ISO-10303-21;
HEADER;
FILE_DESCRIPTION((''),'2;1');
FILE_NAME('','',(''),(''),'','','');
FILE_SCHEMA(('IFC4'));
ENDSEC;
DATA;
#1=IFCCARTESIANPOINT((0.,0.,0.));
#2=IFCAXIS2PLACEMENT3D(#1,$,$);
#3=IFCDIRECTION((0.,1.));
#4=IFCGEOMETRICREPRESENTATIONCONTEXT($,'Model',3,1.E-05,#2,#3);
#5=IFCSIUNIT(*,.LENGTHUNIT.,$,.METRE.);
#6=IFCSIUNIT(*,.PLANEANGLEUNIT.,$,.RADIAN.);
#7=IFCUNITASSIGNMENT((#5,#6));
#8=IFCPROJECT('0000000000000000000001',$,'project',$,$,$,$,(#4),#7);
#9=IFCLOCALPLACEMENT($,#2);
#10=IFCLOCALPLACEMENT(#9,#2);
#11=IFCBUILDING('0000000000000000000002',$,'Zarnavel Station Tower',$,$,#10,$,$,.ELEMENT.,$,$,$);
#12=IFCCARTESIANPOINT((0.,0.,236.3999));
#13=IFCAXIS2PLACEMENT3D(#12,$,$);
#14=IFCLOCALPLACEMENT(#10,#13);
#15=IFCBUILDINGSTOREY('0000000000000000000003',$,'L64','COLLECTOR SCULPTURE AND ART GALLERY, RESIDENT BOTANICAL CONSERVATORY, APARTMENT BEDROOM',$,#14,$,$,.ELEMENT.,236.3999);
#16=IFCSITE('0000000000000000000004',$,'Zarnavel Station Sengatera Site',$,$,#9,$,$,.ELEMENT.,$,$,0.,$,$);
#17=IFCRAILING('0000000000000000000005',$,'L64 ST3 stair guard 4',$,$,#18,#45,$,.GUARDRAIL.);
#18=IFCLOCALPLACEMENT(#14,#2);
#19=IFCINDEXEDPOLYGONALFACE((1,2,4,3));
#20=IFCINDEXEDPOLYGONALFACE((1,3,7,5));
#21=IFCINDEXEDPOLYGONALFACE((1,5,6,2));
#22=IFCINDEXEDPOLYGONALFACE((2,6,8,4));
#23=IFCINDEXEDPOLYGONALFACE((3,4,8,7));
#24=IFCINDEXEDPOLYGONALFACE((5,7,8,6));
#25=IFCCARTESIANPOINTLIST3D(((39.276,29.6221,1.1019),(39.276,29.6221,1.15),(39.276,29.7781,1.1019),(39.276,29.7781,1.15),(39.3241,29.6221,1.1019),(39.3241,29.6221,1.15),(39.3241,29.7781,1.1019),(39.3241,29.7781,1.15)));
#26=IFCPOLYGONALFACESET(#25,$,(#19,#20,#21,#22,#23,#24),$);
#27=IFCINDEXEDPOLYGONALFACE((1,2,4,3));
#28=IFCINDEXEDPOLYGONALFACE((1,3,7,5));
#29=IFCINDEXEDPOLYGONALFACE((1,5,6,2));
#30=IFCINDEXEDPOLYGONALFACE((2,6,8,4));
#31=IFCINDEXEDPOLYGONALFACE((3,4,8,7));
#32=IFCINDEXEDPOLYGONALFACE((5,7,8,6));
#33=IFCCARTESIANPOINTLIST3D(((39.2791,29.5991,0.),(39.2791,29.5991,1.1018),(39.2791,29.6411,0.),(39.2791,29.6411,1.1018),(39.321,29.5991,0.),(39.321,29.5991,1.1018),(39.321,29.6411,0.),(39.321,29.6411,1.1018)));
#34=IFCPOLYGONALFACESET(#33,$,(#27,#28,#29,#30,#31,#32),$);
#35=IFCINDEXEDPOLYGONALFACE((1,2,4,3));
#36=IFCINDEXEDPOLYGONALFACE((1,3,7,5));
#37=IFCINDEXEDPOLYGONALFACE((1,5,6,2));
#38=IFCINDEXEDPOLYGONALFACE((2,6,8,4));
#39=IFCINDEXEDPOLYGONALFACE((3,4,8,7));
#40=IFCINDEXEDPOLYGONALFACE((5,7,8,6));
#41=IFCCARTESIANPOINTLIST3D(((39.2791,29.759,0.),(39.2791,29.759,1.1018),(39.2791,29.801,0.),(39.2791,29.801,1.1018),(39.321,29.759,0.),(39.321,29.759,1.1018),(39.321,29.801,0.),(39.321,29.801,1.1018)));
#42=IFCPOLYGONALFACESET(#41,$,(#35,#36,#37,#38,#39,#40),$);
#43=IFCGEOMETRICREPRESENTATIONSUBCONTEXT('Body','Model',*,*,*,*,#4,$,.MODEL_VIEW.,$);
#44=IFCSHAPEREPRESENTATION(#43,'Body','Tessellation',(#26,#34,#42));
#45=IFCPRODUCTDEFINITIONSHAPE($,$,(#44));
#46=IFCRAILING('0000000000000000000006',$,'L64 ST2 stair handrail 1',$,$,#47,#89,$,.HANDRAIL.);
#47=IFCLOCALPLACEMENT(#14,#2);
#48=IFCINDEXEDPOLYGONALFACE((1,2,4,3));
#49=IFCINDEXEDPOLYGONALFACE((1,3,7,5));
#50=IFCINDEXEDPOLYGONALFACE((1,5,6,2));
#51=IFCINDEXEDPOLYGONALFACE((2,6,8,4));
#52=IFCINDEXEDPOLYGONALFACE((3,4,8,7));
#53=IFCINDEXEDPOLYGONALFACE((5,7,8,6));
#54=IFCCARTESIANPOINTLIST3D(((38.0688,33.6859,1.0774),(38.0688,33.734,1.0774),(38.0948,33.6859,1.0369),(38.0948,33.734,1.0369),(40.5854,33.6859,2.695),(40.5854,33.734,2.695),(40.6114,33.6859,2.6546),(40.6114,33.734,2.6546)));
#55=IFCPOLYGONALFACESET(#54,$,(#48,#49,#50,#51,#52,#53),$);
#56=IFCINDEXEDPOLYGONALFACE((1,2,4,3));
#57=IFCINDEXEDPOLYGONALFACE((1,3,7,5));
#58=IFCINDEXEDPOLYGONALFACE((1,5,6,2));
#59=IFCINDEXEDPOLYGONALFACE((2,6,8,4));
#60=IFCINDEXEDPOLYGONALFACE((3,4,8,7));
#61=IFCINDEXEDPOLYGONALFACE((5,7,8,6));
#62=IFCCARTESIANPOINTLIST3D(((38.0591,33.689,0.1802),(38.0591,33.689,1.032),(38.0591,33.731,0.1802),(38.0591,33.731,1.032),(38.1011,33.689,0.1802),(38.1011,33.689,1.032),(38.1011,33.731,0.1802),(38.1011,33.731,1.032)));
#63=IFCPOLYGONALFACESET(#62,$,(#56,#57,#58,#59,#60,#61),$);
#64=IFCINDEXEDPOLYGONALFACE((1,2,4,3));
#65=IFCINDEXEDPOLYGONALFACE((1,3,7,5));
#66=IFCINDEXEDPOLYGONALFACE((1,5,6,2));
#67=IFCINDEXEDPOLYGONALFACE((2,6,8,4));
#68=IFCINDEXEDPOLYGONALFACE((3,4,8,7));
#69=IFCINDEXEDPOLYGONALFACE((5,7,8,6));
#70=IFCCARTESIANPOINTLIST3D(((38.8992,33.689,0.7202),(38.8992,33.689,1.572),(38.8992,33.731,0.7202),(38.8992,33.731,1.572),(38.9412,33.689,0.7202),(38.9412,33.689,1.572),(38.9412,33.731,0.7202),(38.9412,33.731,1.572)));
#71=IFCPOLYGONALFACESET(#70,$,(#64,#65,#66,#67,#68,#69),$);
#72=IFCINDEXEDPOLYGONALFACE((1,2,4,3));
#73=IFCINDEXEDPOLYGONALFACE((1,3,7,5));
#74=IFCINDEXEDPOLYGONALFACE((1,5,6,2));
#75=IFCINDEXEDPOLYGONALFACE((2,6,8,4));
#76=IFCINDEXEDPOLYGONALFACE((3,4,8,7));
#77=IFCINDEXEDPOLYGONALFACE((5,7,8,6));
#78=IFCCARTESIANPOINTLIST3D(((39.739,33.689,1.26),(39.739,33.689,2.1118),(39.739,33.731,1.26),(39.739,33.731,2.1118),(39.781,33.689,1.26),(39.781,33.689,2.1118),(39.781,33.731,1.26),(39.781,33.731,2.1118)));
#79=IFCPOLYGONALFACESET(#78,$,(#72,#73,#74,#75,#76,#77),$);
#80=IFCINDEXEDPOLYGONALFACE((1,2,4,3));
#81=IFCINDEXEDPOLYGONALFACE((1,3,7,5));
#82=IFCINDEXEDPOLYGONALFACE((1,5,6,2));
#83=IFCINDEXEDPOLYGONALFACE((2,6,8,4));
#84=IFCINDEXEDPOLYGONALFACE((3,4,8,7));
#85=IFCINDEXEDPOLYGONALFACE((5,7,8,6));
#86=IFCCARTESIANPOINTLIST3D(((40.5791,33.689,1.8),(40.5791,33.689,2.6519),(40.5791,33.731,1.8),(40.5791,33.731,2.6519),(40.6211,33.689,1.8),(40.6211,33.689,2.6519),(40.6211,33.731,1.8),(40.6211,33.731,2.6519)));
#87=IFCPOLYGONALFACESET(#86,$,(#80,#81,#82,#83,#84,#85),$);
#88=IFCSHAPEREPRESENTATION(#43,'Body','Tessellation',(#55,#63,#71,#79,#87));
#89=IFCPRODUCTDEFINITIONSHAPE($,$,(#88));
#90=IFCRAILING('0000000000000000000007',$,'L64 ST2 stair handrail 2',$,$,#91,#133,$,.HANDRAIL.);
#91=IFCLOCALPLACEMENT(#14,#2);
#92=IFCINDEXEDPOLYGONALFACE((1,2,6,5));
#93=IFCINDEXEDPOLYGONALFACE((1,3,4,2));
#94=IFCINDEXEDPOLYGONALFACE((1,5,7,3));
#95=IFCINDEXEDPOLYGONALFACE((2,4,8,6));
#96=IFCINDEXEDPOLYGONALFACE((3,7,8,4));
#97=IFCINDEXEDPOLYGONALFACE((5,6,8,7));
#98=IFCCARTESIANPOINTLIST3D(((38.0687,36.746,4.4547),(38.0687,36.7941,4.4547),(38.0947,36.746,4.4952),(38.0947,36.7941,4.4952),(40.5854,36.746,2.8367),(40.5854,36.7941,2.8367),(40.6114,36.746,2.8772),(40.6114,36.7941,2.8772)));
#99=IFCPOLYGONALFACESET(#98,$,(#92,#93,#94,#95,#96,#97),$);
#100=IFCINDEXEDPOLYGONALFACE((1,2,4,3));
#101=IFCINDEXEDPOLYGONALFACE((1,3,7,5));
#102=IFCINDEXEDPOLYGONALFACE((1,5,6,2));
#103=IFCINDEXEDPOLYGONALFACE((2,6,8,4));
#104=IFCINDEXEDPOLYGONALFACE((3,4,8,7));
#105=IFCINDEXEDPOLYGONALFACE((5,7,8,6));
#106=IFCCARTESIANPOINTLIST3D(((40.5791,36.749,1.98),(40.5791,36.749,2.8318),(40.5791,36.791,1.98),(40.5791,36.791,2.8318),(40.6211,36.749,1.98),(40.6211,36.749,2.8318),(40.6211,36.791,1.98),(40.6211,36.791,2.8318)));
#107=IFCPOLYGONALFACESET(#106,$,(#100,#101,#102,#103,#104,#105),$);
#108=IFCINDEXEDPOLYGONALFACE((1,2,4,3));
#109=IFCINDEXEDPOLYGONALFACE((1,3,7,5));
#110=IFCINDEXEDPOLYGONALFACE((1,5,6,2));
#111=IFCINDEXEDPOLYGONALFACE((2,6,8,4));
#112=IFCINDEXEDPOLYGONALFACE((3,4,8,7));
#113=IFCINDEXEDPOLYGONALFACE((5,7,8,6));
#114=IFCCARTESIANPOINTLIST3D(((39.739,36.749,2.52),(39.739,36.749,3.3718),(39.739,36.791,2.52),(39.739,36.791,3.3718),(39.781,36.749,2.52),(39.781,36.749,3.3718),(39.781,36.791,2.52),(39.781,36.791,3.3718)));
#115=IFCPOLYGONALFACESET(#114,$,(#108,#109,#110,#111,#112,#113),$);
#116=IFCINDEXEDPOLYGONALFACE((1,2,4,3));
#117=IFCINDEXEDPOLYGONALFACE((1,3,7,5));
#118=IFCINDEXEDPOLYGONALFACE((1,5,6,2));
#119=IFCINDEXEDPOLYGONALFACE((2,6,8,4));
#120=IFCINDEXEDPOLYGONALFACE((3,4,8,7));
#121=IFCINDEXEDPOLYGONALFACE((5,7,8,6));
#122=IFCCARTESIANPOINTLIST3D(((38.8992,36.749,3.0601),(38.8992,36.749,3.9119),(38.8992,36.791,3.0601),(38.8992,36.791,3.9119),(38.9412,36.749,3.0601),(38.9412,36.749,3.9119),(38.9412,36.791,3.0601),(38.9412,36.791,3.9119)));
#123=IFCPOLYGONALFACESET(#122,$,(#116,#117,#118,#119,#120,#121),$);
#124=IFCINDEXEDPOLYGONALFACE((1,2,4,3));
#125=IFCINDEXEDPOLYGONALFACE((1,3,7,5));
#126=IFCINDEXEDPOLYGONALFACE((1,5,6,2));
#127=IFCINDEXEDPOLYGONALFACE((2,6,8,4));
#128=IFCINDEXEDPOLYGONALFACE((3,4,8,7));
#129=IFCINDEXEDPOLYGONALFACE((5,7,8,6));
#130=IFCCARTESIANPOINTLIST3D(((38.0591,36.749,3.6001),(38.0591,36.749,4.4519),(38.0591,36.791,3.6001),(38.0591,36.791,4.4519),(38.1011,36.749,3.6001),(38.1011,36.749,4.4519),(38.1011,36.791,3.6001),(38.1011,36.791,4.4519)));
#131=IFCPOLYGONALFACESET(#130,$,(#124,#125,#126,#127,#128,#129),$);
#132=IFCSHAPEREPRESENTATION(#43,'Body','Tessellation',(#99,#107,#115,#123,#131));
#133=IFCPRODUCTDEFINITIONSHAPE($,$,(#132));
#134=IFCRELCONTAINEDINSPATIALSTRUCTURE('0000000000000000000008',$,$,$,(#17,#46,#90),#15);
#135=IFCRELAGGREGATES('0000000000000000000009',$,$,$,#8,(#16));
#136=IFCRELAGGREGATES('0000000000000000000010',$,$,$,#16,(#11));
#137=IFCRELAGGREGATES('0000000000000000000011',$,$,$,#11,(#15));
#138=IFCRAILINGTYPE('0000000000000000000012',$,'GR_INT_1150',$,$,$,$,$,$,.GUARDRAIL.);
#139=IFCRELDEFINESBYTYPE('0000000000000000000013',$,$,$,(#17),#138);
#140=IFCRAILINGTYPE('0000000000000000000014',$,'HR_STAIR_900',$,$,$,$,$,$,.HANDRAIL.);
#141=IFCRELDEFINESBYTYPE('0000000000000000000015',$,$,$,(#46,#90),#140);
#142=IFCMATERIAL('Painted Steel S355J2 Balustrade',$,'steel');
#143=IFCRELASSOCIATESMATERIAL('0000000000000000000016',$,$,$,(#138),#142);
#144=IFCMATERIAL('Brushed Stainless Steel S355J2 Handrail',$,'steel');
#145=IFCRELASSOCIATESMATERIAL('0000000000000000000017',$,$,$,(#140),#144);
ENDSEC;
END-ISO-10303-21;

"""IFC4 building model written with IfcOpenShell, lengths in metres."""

from ifc_helpers import new_model, si_unit, direction, frame, origin, origin_2d, place, context, subcontext, project, spatial, rectangle, extrude, material, type_object, element, save


model = new_model("IFC4")

# Units and contexts
model_context = context("Model", 3, precision=1e-05, world=origin(), true_north=direction((0.0, 1.0)))
body_context = subcontext(model_context, "Body", "Model", "MODEL_VIEW")
ifc_project = project(units=[si_unit("LENGTHUNIT", "METRE"), si_unit("PLANEANGLEUNIT", "RADIAN")], contexts=[model_context])

# Site, building, storey
site_placement = place(None, origin())
site = spatial("IfcSite", under=ifc_project, at=site_placement, Name="Zarnavel Station Sengatera Site", CompositionType="ELEMENT", RefElevation=0.0)
building_placement = place(site_placement, origin())
building = spatial("IfcBuilding", under=site, at=building_placement, Name="Zarnavel Station Tower", CompositionType="ELEMENT")
storey_placement = place(building_placement, frame((0.0, 0.0, 236.3999)))
storey = spatial("IfcBuildingStorey", under=building, at=storey_placement, Name="L64", Description="COLLECTOR SCULPTURE AND ART GALLERY, RESIDENT BOTANICAL CONSERVATORY, APARTMENT BEDROOM", CompositionType="ELEMENT", Elevation=236.3999)

# Railings
ifc_material_1 = material(Name="Painted Steel S355J2 Balustrade", Category="steel")
railing_type_1 = type_object("IfcRailingType", Name="GR_INT_1150", PredefinedType="GUARDRAIL", material=ifc_material_1)
railing_1_placement = place(storey_placement, frame((39.3, 29.6201, 0.0)))
element("IfcRailing", 1, at=railing_1_placement, inside=storey, type_object=railing_type_1, Name="L64 ST3 stair guard 4", PredefinedType="GUARDRAIL", context=body_context, shape_type="SweptSolid", body=[
    extrude(rectangle(XDim=0.0481, YDim=0.0481, at=origin_2d()), frame((0.0, 0.002, 1.126), z_axis=(0.0, 1.0, 0.0), x_axis=(-1.0, 0.0, 0.0)), (0.0, 0.0, 1.0), 0.156),
    extrude(rectangle(XDim=0.042, YDim=0.042, at=origin_2d()), origin(), (0.0, 0.0, 1.0), 1.1018),
    extrude(rectangle(XDim=0.042, YDim=0.042, at=origin_2d()), frame((0.0, 0.1599, 0.0)), (0.0, 0.0, 1.0), 1.1018),
])
ifc_material_2 = material(Name="Brushed Stainless Steel S355J2 Handrail", Category="steel")
railing_type_2 = type_object("IfcRailingType", Name="HR_STAIR_900", PredefinedType="HANDRAIL", material=ifc_material_2)
railing_2_placement = place(storey_placement, frame((38.0801, 33.71, 0.1802)))
element("IfcRailing", 2, at=railing_2_placement, inside=storey, type_object=railing_type_2, Name="L64 ST2 stair handrail 1", PredefinedType="HANDRAIL", context=body_context, shape_type="SweptSolid", body=[
    extrude(rectangle(XDim=0.0481, YDim=0.0481, at=origin_2d()), frame((0.0017, 0.0, 0.877), z_axis=(0.8412, 0.0, 0.540725), x_axis=(0.0, 1.0, 0.0)), (0.0, 0.0, 1.0), 2.9917),
    extrude(rectangle(XDim=0.042, YDim=0.042, at=origin_2d()), origin(), (0.0, 0.0, 1.0), 0.8518),
    extrude(rectangle(XDim=0.042, YDim=0.042, at=origin_2d()), frame((0.8401, 0.0, 0.54)), (0.0, 0.0, 1.0), 0.8518),
    extrude(rectangle(XDim=0.042, YDim=0.042, at=origin_2d()), frame((1.6799, 0.0, 1.0798)), (0.0, 0.0, 1.0), 0.8518),
    extrude(rectangle(XDim=0.042, YDim=0.042, at=origin_2d()), frame((2.52, 0.0, 1.6199)), (0.0, 0.0, 1.0), 0.8518),
])
railing_3_placement = place(storey_placement, frame((40.6001, 36.77, 1.98)))
element("IfcRailing", 3, at=railing_3_placement, inside=storey, type_object=railing_type_2, Name="L64 ST2 stair handrail 2", PredefinedType="HANDRAIL", context=body_context, shape_type="SweptSolid", body=[
    extrude(rectangle(XDim=0.0481, YDim=0.0481, at=origin_2d()), frame((-0.0017, 0.0, 0.877), z_axis=(-0.841163, 0.0, 0.540782), x_axis=(0.0, -1.0, 0.0)), (0.0, 0.0, 1.0), 2.9919),
    extrude(rectangle(XDim=0.042, YDim=0.042, at=origin_2d()), origin(), (0.0, 0.0, 1.0), 0.8518),
    extrude(rectangle(XDim=0.042, YDim=0.042, at=origin_2d()), frame((-0.8401, 0.0, 0.54)), (0.0, 0.0, 1.0), 0.8518),
    extrude(rectangle(XDim=0.042, YDim=0.042, at=origin_2d()), frame((-1.6799, 0.0, 1.0801)), (0.0, 0.0, 1.0), 0.8518),
    extrude(rectangle(XDim=0.042, YDim=0.042, at=origin_2d()), frame((-2.52, 0.0, 1.6201)), (0.0, 0.0, 1.0), 0.8518),
])

save(model, "model.ifc")
